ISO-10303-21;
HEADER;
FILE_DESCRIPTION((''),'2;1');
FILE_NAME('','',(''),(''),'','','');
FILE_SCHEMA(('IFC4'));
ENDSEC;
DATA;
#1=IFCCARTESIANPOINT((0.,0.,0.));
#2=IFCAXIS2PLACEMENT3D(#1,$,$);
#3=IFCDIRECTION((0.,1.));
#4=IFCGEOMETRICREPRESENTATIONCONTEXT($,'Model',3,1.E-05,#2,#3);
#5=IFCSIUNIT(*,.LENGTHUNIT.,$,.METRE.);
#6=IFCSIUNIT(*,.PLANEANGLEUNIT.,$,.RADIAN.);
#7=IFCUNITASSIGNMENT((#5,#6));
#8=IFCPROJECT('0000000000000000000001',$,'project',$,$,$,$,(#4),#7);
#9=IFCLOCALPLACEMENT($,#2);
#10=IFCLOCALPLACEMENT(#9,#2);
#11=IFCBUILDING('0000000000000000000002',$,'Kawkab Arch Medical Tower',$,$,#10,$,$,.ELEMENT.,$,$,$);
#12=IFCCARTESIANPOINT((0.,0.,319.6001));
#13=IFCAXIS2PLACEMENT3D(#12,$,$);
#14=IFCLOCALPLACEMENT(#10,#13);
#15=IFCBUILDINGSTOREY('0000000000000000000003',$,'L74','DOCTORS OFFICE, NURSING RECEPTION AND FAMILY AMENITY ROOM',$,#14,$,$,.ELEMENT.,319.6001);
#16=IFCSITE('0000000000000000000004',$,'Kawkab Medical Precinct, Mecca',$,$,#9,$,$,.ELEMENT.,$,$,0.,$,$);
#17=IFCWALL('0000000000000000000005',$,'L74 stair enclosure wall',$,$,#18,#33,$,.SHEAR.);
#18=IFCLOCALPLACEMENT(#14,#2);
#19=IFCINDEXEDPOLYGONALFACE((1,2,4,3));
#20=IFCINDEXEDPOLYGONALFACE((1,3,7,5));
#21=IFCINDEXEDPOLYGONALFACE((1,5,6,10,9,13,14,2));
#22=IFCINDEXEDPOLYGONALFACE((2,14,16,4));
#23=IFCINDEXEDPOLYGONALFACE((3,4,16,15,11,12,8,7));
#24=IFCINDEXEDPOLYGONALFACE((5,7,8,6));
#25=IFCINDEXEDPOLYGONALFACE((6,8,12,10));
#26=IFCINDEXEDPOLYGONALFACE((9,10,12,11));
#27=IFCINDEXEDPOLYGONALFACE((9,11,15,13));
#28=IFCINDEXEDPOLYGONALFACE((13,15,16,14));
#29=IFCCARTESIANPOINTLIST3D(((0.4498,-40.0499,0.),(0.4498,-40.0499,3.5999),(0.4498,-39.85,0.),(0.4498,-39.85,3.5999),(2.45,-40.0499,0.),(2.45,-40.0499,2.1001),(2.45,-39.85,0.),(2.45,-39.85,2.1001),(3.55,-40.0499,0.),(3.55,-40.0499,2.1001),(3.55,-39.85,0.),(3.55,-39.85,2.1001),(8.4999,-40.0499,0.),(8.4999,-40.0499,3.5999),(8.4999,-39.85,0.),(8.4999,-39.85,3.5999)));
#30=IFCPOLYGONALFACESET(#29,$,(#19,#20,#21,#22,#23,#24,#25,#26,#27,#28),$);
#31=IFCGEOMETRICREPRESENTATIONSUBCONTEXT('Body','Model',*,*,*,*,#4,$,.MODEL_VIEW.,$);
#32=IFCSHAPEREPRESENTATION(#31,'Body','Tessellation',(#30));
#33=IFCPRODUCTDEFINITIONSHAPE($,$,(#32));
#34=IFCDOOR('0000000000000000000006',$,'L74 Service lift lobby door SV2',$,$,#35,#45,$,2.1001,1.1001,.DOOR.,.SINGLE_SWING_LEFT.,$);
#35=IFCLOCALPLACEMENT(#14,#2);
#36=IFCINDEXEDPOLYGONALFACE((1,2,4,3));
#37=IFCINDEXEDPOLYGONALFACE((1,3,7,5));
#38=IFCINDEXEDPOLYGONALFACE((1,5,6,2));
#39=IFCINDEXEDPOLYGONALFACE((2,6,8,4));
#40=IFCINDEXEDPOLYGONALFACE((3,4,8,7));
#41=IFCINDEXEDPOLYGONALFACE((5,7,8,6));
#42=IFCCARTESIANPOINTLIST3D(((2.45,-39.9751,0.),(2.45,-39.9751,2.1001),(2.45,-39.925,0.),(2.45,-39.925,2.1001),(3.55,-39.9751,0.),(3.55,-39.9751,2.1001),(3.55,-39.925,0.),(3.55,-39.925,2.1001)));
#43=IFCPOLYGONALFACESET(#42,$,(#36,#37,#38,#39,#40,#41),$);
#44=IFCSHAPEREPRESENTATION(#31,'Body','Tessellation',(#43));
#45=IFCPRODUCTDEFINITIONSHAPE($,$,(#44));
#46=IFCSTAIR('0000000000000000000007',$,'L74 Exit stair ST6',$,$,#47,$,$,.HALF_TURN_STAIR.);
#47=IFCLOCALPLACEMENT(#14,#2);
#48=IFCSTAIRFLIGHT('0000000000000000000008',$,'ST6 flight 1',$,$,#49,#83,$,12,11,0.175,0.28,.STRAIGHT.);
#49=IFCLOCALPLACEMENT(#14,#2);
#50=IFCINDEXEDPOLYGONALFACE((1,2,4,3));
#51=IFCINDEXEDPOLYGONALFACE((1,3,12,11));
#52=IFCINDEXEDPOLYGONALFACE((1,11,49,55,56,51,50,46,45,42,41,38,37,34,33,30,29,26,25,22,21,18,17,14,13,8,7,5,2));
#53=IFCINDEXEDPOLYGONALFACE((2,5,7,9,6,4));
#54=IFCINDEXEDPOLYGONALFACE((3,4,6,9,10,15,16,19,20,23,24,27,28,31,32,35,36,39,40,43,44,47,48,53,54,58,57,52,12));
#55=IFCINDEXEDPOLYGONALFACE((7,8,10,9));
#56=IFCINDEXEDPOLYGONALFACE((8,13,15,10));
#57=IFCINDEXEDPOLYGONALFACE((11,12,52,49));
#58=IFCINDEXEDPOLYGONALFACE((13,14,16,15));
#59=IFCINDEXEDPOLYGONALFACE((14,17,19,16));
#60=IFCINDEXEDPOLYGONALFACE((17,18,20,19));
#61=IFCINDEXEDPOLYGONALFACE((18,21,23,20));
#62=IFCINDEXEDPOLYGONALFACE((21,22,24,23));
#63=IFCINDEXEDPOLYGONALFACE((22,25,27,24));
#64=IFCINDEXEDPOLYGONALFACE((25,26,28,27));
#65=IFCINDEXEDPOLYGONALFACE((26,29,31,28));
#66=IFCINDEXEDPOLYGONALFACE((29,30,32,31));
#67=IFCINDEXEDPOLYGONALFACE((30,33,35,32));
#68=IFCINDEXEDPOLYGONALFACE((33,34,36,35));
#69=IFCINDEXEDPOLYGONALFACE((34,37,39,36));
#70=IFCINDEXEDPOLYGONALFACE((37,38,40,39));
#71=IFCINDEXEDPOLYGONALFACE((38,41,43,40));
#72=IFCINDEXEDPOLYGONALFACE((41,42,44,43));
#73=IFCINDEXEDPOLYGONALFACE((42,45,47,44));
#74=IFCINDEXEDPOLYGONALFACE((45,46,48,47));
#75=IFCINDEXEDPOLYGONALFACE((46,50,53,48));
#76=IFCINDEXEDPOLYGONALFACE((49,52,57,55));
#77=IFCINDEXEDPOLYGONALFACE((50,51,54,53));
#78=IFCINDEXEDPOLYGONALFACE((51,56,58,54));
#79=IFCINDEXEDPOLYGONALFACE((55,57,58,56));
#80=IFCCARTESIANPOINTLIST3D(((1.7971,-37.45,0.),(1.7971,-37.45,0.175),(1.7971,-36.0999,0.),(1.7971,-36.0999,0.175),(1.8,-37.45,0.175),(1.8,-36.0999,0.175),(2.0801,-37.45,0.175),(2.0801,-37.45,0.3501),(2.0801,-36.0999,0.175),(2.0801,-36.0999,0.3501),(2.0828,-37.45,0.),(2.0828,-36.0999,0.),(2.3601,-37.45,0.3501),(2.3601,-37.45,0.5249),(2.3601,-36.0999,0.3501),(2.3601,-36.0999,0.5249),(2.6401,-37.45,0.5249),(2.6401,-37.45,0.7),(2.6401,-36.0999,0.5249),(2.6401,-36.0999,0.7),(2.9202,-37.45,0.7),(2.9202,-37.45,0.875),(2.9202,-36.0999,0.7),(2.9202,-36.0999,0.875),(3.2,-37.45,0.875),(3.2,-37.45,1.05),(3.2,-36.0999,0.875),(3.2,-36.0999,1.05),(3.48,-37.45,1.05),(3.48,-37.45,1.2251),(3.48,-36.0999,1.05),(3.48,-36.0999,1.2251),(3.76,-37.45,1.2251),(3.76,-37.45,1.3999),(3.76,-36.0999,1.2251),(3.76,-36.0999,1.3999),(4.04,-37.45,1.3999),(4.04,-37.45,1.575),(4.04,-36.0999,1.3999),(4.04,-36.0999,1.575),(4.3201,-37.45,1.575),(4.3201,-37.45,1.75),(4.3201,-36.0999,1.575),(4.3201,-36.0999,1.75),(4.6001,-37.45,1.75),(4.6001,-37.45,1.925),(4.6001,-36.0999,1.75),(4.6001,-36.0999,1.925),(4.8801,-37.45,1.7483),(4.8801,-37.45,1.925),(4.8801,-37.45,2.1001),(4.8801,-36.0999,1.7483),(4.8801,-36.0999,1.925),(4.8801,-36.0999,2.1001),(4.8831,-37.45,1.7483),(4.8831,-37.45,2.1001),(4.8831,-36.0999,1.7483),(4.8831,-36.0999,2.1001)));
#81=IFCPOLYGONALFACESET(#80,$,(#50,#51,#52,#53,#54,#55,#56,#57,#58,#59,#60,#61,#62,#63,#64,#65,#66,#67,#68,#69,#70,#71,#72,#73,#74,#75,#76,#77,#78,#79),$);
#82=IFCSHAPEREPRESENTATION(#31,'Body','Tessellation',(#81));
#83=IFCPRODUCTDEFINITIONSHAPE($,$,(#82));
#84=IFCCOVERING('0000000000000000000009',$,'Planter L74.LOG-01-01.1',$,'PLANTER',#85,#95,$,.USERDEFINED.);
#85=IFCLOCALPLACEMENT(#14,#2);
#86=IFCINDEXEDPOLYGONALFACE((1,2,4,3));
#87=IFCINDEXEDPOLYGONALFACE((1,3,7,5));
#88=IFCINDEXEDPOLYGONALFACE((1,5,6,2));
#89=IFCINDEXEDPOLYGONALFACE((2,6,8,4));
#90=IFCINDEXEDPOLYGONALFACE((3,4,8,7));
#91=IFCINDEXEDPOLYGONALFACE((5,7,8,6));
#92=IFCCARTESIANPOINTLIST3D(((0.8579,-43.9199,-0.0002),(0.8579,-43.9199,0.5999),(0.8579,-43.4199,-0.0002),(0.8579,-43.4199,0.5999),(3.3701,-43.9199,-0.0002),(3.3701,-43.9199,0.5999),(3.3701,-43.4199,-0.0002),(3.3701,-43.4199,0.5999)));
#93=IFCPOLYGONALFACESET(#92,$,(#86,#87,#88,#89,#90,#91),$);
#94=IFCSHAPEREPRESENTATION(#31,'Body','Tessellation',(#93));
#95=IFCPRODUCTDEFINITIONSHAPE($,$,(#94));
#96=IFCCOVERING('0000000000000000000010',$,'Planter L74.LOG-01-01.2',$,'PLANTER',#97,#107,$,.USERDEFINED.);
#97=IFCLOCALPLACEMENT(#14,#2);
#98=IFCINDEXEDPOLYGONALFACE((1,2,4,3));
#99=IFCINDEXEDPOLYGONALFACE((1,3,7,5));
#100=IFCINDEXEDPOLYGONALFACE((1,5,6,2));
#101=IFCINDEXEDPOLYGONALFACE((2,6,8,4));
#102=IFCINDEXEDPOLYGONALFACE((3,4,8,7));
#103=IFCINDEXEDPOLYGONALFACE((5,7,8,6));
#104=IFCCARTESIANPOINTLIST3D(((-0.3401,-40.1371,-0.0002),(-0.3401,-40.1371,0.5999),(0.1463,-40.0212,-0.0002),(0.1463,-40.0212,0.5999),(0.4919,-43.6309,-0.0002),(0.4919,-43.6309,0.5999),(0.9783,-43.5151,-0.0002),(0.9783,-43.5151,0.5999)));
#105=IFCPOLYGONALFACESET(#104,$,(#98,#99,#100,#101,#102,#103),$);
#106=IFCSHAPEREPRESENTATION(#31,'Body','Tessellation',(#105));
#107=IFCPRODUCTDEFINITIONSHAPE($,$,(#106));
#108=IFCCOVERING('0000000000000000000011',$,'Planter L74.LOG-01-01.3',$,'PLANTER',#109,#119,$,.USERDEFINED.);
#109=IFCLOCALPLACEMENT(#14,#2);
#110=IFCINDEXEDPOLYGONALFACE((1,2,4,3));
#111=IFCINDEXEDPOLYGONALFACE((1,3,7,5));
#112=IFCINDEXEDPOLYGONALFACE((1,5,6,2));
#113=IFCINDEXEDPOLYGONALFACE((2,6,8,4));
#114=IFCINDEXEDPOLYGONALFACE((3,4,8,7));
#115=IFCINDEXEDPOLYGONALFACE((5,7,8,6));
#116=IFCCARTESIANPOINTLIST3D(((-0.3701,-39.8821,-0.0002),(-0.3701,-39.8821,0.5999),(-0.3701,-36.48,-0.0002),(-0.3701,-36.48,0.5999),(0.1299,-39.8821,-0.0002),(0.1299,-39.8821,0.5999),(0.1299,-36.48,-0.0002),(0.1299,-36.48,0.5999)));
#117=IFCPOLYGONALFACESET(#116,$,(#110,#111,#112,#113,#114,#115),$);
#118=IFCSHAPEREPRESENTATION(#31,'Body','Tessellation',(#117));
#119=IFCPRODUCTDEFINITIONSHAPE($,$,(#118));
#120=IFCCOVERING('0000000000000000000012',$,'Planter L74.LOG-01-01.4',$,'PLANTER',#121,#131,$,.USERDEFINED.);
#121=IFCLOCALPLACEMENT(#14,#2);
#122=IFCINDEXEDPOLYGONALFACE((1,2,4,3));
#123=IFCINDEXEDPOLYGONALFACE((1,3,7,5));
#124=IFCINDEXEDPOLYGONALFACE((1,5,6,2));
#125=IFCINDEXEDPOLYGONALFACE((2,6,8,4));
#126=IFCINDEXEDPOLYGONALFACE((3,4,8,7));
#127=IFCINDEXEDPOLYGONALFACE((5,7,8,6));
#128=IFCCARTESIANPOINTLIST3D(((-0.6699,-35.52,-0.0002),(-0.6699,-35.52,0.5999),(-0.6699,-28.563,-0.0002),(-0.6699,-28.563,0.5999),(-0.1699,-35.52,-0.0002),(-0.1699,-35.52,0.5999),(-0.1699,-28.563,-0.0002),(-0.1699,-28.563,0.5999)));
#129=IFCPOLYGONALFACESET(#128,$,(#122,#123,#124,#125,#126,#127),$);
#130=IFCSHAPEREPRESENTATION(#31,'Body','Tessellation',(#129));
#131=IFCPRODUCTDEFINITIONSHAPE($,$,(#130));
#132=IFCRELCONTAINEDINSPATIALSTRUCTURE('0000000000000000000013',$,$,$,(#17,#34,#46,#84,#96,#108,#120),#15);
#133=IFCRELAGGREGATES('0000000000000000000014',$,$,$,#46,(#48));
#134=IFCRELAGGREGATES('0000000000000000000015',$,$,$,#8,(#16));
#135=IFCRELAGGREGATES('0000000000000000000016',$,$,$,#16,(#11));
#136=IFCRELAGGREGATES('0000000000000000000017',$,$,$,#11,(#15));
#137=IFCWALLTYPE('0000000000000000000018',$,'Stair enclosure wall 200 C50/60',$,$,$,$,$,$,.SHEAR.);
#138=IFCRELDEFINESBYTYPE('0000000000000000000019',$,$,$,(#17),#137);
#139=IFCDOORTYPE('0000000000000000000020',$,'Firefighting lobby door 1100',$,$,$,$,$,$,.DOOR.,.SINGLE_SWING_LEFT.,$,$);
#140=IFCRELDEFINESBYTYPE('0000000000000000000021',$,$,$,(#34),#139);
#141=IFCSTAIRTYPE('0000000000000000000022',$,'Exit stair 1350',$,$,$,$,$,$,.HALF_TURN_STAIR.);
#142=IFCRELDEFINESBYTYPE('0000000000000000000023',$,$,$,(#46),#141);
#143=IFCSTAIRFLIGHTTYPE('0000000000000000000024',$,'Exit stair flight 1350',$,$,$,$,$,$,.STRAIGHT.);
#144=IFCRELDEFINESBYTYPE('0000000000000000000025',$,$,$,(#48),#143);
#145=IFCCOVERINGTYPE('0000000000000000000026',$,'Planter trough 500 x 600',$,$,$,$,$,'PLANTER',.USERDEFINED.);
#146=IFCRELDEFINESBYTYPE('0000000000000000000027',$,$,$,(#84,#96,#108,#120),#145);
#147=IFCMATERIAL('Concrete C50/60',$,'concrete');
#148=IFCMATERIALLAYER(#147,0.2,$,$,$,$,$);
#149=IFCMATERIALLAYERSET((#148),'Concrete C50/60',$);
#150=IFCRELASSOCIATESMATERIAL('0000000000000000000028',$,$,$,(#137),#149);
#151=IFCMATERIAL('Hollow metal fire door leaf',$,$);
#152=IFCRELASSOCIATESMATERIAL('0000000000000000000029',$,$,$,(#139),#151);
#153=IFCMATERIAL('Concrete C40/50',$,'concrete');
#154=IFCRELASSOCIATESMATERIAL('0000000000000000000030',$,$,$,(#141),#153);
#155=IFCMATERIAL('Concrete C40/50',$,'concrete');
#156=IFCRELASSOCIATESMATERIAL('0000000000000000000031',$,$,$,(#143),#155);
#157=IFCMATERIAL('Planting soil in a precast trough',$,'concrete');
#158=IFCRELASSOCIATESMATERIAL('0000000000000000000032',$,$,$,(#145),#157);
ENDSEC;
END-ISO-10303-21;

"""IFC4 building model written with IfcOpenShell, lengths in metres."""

from ifc_helpers import new_model, si_unit, direction, frame, frame_2d, origin, origin_2d, place, context, subcontext, project, spatial, polyline, rectangle, outline, extrude, material, layer, layer_set, material_profile, profile_set, type_object, element, fill, aggregate, save


model = new_model("IFC4")

# Units and contexts
model_context = context("Model", 3, precision=1e-05, world=origin(), true_north=direction((0.0, 1.0)))
body_context = subcontext(model_context, "Body", "Model", "MODEL_VIEW")
ifc_project = project(units=[si_unit("LENGTHUNIT", "METRE"), si_unit("PLANEANGLEUNIT", "RADIAN")], contexts=[model_context])

# Site, building, storey
site_placement = place(None, origin())
site = spatial("IfcSite", under=ifc_project, at=site_placement, Name="Kawkab Medical Precinct, Mecca", CompositionType="ELEMENT", RefElevation=0.0)
building_placement = place(site_placement, origin())
building = spatial("IfcBuilding", under=site, at=building_placement, Name="Kawkab Arch Medical Tower", CompositionType="ELEMENT")
storey_placement = place(building_placement, frame((0.0, 0.0, 319.6001)))
storey = spatial("IfcBuildingStorey", under=building, at=storey_placement, Name="L74", Description="DOCTORS OFFICE, NURSING RECEPTION AND FAMILY AMENITY ROOM", CompositionType="ELEMENT", Elevation=319.6001)

# Shared definitions
placement = place(storey_placement, origin())

# Wall, opening, door
ifc_material_1 = material(Name="Concrete C50/60", Category="concrete")
ifc_layer_1 = layer(ifc_material_1, 0.2)
ifc_layer_set_1 = layer_set([ifc_layer_1], Name="Concrete C50/60")
wall_type_1 = type_object("IfcWallType", Name="Stair enclosure wall 200 C50/60", PredefinedType="SHEAR", material=ifc_layer_set_1)
wall_1_placement = place(storey_placement, frame((0.45, -39.95, 0.0), z_axis=(0.0, 0.0, 1.0), x_axis=(1.0, 0.0, 0.0)))
wall_1 = element("IfcWall", 1, at=wall_1_placement, inside=storey, type_object=wall_type_1, Name="L74 stair enclosure wall", PredefinedType="SHEAR", context=body_context, shape_type="SweptSolid", body=[
    extrude(rectangle(XDim=8.05, YDim=0.2, at=frame_2d((4.0249, 0.0))), origin(), (0.0, 0.0, 1.0), 3.5999),
])
opening_1_placement = place(wall_1_placement, frame((2.0, 0.0, 0.0)))
opening_1 = element("IfcOpeningElement", 2, at=opening_1_placement, cuts=wall_1, PredefinedType="OPENING", context=body_context, shape_type="SweptSolid", body=[
    extrude(rectangle(XDim=1.1001, YDim=2.1001, at=frame_2d((0.55, 1.05))), frame((0.0, 0.1099, 0.0), z_axis=(0.0, -1.0, 0.0), x_axis=(1.0, 0.0, 0.0)), (0.0, 0.0, 1.0), 0.22),
])
ifc_material_2 = material(Name="Hollow metal fire door leaf")
door_type_1 = type_object("IfcDoorType", Name="Firefighting lobby door 1100", OperationType="SINGLE_SWING_LEFT", PredefinedType="DOOR", material=ifc_material_2)
door_1_placement = place(opening_1_placement, origin())
door_1 = element("IfcDoor", 3, at=door_1_placement, inside=storey, type_object=door_type_1, Name="L74 Service lift lobby door SV2", OperationType="SINGLE_SWING_LEFT", OverallHeight=2.1001, OverallWidth=1.1001, PredefinedType="DOOR", context=body_context, shape_type="SweptSolid", body=[
    extrude(rectangle(XDim=1.1001, YDim=2.1001, at=frame_2d((0.55, 1.05))), frame((0.0, 0.0249, 0.0), z_axis=(0.0, -1.0, 0.0), x_axis=(1.0, 0.0, 0.0)), (0.0, 0.0, 1.0), 0.05),
])
fill(opening_1, door_1)

# Stair, stair flight
ifc_material_3 = material(Name="Concrete C40/50", Category="concrete")
stair_type = type_object("IfcStairType", Name="Exit stair 1350", PredefinedType="HALF_TURN_STAIR", material=ifc_material_3)
stair = element("IfcStair", 4, at=placement, inside=storey, type_object=stair_type, Name="L74 Exit stair ST6", PredefinedType="HALF_TURN_STAIR")
ifc_material_4 = material(Name="Concrete C40/50", Category="concrete")
stair_flight_type = type_object("IfcStairFlightType", Name="Exit stair flight 1350", PredefinedType="STRAIGHT", material=ifc_material_4)
stair_flight_placement = place(storey_placement, frame((1.8, -36.7749, 0.0), z_axis=(0.0, 0.0, 1.0), x_axis=(1.0, 0.0, 0.0)))
stair_flight = element("IfcStairFlight", 5, at=stair_flight_placement, type_object=stair_flight_type, Name="ST6 flight 1", NumberOfRisers=12, NumberOfTreads=11, PredefinedType="STRAIGHT", RiserHeight=0.175, TreadLength=0.28, context=body_context, shape_type="SweptSolid", body=[
    extrude(outline(polyline([(-0.0029, 0.0), (-0.0029, 0.175), (0.0, 0.175), (0.28, 0.175), (0.28, 0.3501), (0.5601, 0.3501), (0.5601, 0.5249), (0.8401, 0.5249), (0.8401, 0.7), (1.1201, 0.7), (1.1201, 0.875), (1.3999, 0.875), (1.3999, 1.05), (1.6799, 1.05), (1.6799, 1.2251), (1.96, 1.2251), (1.96, 1.3999), (2.24, 1.3999), (2.24, 1.575), (2.52, 1.575), (2.52, 1.75), (2.8, 1.75), (2.8, 1.925), (3.0801, 1.925), (3.0801, 2.1001), (3.083, 2.1001), (3.083, 1.7483), (3.0801, 1.7483), (0.2827, 0.0), (-0.0029, 0.0)])), frame((0.0, 0.675, 0.0), z_axis=(0.0, -1.0, 0.0), x_axis=(1.0, 0.0, 0.0)), (0.0, 0.0, 1.0), 1.3501),
])
aggregate(stair, [stair_flight])

# Coverings
ifc_material_5 = material(Name="Planting soil in a precast trough", Category="concrete")
ifc_material_profile_1 = material_profile(ifc_material_5, rectangle(XDim=0.5, YDim=0.6001, at=origin_2d()), Name="Trough 500x600")
ifc_profile_set_1 = profile_set([ifc_material_profile_1], Name="Planting soil in a precast trough")
covering_type = type_object("IfcCoveringType", Name="Planter trough 500 x 600", ElementType="PLANTER", PredefinedType="USERDEFINED", material=ifc_profile_set_1)
covering_1_placement = place(storey_placement, frame((3.3701, -43.6699, 0.2998), z_axis=(-1.0, 0.0, 0.0), x_axis=(0.0, -1.0, 0.0)))
element("IfcCovering", 6, at=covering_1_placement, inside=storey, type_object=covering_type, Name="Planter L74.LOG-01-01.1", ObjectType="PLANTER", PredefinedType="USERDEFINED", context=body_context, shape_type="SweptSolid", body=[
    extrude(rectangle(XDim=0.5, YDim=0.6001, at=origin_2d()), origin(), (0.0, 0.0, 1.0), 2.5122),
])
covering_2_placement = place(storey_placement, frame((0.7351, -43.573, 0.2998), z_axis=(-0.23166, 0.972797, 0.0), x_axis=(-0.972797, -0.23166, 0.0)))
element("IfcCovering", 7, at=covering_2_placement, inside=storey, type_object=covering_type, Name="Planter L74.LOG-01-01.2", ObjectType="PLANTER", PredefinedType="USERDEFINED", context=body_context, shape_type="SweptSolid", body=[
    extrude(rectangle(XDim=0.5, YDim=0.6001, at=origin_2d()), origin(), (0.0, 0.0, 1.0), 3.5916),
])
covering_3_placement = place(storey_placement, frame((-0.1201, -39.8821, 0.2998), z_axis=(0.0, 1.0, 0.0), x_axis=(-1.0, 0.0, 0.0)))
element("IfcCovering", 8, at=covering_3_placement, inside=storey, type_object=covering_type, Name="Planter L74.LOG-01-01.3", ObjectType="PLANTER", PredefinedType="USERDEFINED", context=body_context, shape_type="SweptSolid", body=[
    extrude(rectangle(XDim=0.5, YDim=0.6001, at=origin_2d()), origin(), (0.0, 0.0, 1.0), 3.4021),
])
covering_4_placement = place(storey_placement, frame((-0.4199, -35.52, 0.2998), z_axis=(0.0, 1.0, 0.0), x_axis=(-1.0, 0.0, 0.0)))
element("IfcCovering", 9, at=covering_4_placement, inside=storey, type_object=covering_type, Name="Planter L74.LOG-01-01.4", ObjectType="PLANTER", PredefinedType="USERDEFINED", context=body_context, shape_type="SweptSolid", body=[
    extrude(rectangle(XDim=0.5, YDim=0.6001, at=origin_2d()), origin(), (0.0, 0.0, 1.0), 6.957),
])

save(model, "model.ifc")
